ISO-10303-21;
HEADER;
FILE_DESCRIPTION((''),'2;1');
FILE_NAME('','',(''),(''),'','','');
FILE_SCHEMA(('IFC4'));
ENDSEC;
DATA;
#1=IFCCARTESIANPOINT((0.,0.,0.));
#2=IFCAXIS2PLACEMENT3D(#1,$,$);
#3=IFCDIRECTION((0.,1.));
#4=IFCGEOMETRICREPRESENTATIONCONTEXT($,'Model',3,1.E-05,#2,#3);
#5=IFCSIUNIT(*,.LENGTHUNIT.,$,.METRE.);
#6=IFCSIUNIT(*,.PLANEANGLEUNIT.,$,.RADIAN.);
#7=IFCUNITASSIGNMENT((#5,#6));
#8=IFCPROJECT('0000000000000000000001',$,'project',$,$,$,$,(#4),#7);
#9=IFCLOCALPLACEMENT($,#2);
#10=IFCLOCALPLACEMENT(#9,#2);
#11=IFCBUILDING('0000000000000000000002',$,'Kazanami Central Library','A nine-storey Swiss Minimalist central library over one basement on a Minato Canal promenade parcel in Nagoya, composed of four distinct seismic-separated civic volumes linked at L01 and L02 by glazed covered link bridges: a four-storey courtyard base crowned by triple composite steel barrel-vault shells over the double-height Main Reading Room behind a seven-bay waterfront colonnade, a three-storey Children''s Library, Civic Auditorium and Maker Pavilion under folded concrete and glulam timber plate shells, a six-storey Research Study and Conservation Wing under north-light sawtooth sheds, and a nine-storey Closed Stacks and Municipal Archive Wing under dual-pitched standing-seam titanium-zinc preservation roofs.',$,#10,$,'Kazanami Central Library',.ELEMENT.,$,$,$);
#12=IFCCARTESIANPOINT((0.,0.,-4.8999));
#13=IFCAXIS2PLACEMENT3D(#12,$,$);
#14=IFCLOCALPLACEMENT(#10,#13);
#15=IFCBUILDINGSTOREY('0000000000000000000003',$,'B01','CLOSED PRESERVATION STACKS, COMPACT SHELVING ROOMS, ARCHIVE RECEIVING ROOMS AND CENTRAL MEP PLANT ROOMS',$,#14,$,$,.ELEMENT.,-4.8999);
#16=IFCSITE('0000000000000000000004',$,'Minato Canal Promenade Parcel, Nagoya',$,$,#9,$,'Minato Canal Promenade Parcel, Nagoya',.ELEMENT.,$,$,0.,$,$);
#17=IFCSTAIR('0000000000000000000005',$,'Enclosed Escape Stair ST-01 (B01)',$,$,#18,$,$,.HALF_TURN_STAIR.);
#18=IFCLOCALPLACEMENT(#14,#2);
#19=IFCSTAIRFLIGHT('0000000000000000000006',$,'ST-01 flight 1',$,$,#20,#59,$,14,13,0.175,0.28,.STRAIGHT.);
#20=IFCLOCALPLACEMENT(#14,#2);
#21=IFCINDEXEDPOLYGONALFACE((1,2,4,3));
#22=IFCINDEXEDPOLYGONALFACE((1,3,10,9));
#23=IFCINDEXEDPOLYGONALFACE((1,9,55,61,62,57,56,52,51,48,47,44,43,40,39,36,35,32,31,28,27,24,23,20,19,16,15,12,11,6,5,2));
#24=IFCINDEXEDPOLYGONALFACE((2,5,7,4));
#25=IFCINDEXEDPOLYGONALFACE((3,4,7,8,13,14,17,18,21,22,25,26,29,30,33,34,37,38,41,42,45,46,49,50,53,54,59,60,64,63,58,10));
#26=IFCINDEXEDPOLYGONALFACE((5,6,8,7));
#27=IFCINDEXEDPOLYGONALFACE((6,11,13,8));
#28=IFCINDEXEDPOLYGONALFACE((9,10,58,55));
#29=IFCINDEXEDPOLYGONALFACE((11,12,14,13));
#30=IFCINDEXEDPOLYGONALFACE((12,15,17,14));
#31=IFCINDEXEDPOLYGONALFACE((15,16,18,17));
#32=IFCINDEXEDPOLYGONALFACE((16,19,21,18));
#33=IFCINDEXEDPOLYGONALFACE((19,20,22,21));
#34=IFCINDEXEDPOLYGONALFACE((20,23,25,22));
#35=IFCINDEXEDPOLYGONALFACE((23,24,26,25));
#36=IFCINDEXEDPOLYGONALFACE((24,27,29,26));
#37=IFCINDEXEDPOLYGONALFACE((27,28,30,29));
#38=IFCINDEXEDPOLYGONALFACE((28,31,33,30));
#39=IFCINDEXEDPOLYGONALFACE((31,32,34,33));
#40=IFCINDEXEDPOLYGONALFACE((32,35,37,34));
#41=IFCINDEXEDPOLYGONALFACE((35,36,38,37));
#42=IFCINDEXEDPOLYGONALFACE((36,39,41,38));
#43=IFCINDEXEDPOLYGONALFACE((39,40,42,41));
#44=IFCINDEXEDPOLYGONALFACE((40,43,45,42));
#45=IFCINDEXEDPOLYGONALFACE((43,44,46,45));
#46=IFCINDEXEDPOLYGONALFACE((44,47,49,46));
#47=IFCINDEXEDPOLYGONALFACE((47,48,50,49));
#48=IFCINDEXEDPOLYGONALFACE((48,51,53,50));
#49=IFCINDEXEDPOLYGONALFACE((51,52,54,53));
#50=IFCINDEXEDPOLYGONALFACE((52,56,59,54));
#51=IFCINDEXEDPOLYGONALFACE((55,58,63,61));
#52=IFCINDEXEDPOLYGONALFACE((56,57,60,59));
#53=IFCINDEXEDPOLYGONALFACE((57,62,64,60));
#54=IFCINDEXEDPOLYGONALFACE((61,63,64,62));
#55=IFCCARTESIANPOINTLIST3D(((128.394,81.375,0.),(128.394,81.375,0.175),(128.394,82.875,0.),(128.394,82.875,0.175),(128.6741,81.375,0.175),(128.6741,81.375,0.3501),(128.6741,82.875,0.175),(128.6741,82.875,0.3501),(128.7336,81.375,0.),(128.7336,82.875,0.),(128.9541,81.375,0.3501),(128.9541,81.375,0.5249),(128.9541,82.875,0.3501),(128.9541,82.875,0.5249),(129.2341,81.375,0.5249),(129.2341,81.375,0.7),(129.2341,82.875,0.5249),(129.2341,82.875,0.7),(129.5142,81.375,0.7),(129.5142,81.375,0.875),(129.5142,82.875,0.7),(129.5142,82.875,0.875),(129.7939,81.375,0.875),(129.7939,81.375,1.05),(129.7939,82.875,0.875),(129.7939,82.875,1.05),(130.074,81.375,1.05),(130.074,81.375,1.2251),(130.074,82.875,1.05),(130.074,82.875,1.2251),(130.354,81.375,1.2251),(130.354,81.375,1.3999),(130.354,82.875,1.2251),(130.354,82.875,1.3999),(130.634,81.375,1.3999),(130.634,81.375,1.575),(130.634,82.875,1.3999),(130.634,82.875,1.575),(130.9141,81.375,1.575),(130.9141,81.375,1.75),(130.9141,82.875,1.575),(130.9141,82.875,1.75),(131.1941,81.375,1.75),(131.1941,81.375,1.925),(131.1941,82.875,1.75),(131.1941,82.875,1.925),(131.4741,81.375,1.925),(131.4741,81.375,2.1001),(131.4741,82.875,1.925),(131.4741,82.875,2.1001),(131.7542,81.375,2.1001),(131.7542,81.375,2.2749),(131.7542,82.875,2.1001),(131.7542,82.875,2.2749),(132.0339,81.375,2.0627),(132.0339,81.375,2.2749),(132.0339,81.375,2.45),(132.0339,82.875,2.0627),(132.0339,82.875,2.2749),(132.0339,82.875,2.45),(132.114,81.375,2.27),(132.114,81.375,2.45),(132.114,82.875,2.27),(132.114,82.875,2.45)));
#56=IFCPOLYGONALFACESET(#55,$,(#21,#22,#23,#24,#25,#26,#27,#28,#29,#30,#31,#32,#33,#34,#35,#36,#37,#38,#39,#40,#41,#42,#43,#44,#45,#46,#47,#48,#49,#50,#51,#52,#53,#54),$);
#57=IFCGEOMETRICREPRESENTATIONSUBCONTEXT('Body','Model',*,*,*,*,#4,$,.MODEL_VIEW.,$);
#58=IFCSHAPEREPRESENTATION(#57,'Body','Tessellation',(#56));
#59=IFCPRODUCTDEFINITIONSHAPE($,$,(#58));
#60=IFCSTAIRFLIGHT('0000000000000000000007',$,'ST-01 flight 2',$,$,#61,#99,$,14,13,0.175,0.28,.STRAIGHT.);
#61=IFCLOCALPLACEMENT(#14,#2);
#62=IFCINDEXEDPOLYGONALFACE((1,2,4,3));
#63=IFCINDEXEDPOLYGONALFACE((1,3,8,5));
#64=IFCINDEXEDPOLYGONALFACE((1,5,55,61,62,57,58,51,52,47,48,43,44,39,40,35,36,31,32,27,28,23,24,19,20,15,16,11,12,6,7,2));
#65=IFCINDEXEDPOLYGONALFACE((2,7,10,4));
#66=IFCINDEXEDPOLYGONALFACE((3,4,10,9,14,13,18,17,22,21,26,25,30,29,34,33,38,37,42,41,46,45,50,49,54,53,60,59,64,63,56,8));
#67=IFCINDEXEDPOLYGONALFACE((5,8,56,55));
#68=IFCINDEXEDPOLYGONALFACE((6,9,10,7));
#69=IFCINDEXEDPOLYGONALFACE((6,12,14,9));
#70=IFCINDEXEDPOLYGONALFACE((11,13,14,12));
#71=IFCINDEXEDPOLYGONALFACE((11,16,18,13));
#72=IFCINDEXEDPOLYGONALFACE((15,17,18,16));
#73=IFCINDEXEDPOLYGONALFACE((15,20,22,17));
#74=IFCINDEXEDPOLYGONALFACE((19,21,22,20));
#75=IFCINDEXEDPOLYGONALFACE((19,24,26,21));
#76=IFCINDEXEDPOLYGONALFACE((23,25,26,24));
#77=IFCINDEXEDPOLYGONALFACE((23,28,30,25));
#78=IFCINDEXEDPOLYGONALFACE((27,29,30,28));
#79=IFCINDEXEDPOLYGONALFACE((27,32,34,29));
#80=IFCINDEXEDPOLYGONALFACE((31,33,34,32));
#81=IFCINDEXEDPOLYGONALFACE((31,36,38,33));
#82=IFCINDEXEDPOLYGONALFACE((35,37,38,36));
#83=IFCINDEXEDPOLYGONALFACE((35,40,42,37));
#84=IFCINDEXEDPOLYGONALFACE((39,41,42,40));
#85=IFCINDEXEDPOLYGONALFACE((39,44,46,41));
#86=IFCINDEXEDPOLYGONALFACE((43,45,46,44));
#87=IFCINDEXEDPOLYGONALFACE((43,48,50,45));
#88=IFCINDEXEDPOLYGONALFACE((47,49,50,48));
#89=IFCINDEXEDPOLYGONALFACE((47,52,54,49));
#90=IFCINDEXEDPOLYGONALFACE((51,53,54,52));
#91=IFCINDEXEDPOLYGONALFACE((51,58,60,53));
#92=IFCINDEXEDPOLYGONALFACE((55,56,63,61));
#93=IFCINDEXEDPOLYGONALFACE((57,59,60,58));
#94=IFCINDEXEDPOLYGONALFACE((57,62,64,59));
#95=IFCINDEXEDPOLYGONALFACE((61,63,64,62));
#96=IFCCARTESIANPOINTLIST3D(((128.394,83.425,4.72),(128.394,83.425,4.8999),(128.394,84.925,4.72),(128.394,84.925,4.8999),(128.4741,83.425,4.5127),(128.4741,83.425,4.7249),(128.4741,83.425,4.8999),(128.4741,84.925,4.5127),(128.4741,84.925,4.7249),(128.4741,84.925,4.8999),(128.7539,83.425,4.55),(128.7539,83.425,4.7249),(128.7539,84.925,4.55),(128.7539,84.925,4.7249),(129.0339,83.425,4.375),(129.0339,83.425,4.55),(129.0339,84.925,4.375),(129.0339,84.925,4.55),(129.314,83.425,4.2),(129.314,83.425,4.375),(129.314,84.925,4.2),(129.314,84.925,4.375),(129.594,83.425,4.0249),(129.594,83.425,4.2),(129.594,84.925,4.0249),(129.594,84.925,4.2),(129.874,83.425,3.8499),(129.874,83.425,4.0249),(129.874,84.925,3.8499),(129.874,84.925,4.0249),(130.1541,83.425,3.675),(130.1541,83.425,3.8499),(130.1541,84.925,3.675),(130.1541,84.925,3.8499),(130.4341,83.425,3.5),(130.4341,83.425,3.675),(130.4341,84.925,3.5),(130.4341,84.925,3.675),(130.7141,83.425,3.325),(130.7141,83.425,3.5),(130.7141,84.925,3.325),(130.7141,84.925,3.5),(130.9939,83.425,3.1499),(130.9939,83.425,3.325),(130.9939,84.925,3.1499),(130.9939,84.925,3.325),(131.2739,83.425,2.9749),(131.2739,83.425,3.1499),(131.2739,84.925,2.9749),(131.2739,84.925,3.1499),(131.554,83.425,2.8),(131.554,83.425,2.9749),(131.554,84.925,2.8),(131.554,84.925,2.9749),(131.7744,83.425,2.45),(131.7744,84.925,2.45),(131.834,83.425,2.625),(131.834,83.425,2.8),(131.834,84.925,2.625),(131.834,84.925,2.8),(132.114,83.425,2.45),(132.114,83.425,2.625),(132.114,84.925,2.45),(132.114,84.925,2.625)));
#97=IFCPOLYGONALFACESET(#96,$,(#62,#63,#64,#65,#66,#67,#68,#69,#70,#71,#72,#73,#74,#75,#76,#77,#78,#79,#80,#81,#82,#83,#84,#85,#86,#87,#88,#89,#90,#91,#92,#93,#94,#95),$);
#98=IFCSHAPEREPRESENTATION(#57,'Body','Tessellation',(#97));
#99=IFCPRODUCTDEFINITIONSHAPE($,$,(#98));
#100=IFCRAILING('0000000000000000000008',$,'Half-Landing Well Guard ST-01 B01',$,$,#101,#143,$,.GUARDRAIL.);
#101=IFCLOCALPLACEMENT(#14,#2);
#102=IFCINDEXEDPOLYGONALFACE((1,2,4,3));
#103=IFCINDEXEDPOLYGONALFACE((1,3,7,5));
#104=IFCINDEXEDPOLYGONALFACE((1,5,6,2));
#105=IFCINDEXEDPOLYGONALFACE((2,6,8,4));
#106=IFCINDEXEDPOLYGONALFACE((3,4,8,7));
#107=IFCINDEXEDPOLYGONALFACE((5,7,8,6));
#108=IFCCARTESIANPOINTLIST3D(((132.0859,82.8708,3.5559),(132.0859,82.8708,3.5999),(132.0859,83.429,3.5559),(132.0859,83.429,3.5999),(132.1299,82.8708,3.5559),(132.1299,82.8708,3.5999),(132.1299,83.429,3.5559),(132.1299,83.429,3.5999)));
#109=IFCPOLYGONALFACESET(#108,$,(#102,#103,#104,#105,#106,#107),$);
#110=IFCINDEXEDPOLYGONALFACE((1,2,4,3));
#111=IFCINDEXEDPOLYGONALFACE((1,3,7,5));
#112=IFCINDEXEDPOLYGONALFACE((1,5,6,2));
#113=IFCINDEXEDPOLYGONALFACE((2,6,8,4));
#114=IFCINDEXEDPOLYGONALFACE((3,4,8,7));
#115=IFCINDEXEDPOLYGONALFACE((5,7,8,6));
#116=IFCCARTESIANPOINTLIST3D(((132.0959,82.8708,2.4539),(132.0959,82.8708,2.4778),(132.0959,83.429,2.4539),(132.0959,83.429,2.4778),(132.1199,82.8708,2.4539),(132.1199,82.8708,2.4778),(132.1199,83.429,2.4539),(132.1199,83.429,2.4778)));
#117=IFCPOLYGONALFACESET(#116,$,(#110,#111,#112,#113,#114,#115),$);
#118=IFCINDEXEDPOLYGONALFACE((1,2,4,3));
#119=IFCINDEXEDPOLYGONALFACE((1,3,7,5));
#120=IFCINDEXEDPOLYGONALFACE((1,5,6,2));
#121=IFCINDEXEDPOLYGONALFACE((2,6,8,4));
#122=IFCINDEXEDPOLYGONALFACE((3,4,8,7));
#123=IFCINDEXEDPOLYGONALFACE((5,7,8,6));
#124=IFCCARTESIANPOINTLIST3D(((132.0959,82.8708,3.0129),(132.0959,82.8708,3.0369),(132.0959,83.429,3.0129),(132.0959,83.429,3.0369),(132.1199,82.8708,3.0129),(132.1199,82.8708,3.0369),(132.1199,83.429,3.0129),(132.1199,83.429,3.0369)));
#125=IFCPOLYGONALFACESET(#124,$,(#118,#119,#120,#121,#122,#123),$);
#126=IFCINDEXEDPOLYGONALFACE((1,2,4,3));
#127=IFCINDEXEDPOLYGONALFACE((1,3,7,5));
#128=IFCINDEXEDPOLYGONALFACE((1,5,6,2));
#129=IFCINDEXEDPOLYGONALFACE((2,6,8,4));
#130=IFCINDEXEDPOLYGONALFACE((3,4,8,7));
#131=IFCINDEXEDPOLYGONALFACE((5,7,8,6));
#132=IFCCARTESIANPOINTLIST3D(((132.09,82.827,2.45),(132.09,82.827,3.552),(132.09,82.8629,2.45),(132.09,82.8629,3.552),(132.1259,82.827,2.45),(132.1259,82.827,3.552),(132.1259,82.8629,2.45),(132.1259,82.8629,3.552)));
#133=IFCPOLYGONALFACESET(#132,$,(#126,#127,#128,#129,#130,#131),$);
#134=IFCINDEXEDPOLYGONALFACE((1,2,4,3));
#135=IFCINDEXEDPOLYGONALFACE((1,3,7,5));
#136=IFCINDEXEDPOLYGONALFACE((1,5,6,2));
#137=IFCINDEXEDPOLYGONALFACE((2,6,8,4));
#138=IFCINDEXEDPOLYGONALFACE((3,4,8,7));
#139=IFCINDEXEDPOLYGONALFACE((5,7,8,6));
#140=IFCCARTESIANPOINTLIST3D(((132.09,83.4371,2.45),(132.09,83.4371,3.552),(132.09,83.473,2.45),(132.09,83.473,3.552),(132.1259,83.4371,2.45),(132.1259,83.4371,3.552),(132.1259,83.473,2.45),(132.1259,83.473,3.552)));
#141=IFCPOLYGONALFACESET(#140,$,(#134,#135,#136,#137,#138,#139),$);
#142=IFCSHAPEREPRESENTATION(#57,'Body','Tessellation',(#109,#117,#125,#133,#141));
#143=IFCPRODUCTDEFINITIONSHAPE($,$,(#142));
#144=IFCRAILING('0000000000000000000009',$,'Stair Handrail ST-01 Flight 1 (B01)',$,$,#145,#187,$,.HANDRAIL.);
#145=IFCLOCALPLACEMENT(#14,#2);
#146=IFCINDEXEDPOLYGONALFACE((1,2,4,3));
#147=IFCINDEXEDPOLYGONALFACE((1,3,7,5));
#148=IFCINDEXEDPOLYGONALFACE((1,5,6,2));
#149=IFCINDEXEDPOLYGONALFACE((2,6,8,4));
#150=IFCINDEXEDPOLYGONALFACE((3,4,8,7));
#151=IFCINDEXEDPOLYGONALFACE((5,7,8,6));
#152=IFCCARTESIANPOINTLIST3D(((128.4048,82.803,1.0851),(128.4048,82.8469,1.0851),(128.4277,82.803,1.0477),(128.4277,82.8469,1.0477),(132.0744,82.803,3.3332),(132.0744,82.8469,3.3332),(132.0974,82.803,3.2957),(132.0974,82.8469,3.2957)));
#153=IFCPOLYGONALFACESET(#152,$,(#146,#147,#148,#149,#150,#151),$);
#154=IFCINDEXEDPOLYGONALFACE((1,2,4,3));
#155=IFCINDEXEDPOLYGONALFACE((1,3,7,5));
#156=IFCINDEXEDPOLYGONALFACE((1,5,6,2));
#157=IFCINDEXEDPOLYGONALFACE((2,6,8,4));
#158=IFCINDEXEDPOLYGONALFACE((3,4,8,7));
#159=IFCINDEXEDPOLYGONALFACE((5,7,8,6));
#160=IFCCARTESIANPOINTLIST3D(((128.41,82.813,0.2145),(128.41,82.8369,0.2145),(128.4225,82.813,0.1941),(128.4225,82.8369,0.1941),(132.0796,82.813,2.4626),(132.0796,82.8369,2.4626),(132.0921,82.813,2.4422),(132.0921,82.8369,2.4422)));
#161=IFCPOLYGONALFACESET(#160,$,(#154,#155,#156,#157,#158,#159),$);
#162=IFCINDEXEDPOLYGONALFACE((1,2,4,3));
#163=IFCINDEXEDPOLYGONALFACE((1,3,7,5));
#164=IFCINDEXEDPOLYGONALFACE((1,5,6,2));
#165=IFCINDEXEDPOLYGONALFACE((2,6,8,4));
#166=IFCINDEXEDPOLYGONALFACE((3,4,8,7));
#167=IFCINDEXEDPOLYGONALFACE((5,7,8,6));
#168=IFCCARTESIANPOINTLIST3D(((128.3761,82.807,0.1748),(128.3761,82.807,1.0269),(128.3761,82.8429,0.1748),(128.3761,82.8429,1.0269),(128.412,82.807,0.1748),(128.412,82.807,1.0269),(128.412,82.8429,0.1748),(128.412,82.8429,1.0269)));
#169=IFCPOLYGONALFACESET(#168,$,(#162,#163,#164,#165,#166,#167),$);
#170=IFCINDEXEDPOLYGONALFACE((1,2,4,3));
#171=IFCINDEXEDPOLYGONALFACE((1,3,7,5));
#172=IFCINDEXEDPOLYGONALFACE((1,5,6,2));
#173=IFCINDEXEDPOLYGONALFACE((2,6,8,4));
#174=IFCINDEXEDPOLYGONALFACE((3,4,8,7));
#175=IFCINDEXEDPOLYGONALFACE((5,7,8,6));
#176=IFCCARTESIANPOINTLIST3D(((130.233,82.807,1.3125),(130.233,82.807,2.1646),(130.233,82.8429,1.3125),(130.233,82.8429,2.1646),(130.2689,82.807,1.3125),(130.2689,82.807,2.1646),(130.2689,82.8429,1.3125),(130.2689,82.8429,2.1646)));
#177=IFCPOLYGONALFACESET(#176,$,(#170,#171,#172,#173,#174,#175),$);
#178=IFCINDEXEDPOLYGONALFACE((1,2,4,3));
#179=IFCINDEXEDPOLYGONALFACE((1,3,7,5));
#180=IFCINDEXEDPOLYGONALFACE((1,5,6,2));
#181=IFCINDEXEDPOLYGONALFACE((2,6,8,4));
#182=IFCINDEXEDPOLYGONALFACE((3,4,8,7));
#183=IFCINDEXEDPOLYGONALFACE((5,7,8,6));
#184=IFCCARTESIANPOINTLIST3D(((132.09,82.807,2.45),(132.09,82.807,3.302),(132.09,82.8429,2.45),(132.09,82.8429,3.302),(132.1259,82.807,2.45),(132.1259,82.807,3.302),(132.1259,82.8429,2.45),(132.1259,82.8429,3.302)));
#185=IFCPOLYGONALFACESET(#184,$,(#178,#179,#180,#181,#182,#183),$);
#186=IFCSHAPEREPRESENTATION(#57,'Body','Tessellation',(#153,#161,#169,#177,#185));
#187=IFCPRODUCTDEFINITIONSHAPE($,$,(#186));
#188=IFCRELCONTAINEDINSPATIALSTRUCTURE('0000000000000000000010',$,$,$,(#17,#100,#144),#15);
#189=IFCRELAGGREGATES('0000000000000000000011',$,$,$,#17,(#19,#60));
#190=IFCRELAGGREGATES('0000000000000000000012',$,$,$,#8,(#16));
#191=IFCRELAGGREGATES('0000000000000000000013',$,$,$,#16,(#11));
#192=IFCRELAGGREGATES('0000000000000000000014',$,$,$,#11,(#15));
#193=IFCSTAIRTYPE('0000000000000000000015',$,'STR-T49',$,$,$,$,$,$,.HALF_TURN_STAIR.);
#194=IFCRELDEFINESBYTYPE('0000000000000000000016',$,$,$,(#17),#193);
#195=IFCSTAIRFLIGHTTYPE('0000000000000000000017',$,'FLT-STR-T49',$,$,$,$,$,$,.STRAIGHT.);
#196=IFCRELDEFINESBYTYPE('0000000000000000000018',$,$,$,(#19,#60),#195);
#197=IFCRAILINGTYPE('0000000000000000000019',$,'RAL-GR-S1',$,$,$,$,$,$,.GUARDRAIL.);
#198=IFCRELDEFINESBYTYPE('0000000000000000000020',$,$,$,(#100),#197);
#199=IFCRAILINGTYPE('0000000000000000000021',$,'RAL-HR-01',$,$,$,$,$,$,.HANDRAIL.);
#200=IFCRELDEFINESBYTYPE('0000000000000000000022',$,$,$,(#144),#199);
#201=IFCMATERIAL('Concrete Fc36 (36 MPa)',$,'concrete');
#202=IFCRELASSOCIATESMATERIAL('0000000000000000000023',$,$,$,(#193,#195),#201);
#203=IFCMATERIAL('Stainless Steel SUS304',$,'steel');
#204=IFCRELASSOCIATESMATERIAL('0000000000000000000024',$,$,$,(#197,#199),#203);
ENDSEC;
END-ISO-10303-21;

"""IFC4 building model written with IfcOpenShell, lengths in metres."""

from ifc_helpers import new_model, si_unit, direction, frame, origin, origin_2d, place, context, subcontext, project, spatial, polyline, rectangle, outline, extrude, material, type_object, element, aggregate, save


model = new_model("IFC4")

# Units and contexts
model_context = context("Model", 3, precision=1e-05, world=origin(), true_north=direction((0.0, 1.0)))
body_context = subcontext(model_context, "Body", "Model", "MODEL_VIEW")
ifc_project = project(units=[si_unit("LENGTHUNIT", "METRE"), si_unit("PLANEANGLEUNIT", "RADIAN")], contexts=[model_context])

# Site, building, storey
site_placement = place(None, origin())
site = spatial("IfcSite", under=ifc_project, at=site_placement, Name="Minato Canal Promenade Parcel, Nagoya", LongName="Minato Canal Promenade Parcel, Nagoya", CompositionType="ELEMENT", RefElevation=0.0)
building_placement = place(site_placement, origin())
building = spatial("IfcBuilding", under=site, at=building_placement, Name="Kazanami Central Library", Description="A nine-storey Swiss Minimalist central library over one basement on a Minato Canal promenade parcel in Nagoya, composed of four distinct seismic-separated civic volumes linked at L01 and L02 by glazed covered link bridges: a four-storey courtyard base crowned by triple composite steel barrel-vault shells over the double-height Main Reading Room behind a seven-bay waterfront colonnade, a three-storey Children's Library, Civic Auditorium and Maker Pavilion under folded concrete and glulam timber plate shells, a six-storey Research Study and Conservation Wing under north-light sawtooth sheds, and a nine-storey Closed Stacks and Municipal Archive Wing under dual-pitched standing-seam titanium-zinc preservation roofs.", LongName="Kazanami Central Library", CompositionType="ELEMENT")
storey_placement = place(building_placement, frame((0.0, 0.0, -4.8999)))
storey = spatial("IfcBuildingStorey", under=building, at=storey_placement, Name="B01", Description="CLOSED PRESERVATION STACKS, COMPACT SHELVING ROOMS, ARCHIVE RECEIVING ROOMS AND CENTRAL MEP PLANT ROOMS", CompositionType="ELEMENT", Elevation=-4.8999)

# Shared definitions
ifc_material_1 = material(Name="Concrete Fc36 (36 MPa)", Category="concrete")

# Stair, stair flights
stair_type = type_object("IfcStairType", Name="STR-T49", PredefinedType="HALF_TURN_STAIR", material=ifc_material_1)
stair_placement = place(storey_placement, origin())
stair = element("IfcStair", 1, at=stair_placement, inside=storey, type_object=stair_type, Name="Enclosed Escape Stair ST-01 (B01)", PredefinedType="HALF_TURN_STAIR")
stair_flight_type = type_object("IfcStairFlightType", Name="FLT-STR-T49", PredefinedType="STRAIGHT", material=ifc_material_1)
stair_flight_1_placement = place(storey_placement, frame((128.394, 82.125, 0.0), z_axis=(0.0, 0.0, 1.0), x_axis=(1.0, 0.0, 0.0)))
stair_flight_1 = element("IfcStairFlight", 2, at=stair_flight_1_placement, type_object=stair_flight_type, Name="ST-01 flight 1", NumberOfRisers=14, NumberOfTreads=13, PredefinedType="STRAIGHT", RiserHeight=0.175, TreadLength=0.28, context=body_context, shape_type="SweptSolid", body=[
    extrude(outline(polyline([(0.0, 0.0), (0.0, 0.175), (0.28, 0.175), (0.28, 0.3501), (0.5601, 0.3501), (0.5601, 0.5249), (0.8401, 0.5249), (0.8401, 0.7), (1.1201, 0.7), (1.1201, 0.875), (1.3999, 0.875), (1.3999, 1.05), (1.6799, 1.05), (1.6799, 1.2251), (1.96, 1.2251), (1.96, 1.3999), (2.24, 1.3999), (2.24, 1.575), (2.52, 1.575), (2.52, 1.75), (2.8, 1.75), (2.8, 1.925), (3.0801, 1.925), (3.0801, 2.1001), (3.3601, 2.1001), (3.3601, 2.2749), (3.6399, 2.2749), (3.6399, 2.45), (3.72, 2.45), (3.72, 2.27), (3.6399, 2.0627), (0.3396, 0.0), (0.0, 0.0)])), frame((0.0, 0.75, 0.0), z_axis=(0.0, -1.0, 0.0), x_axis=(1.0, 0.0, 0.0)), (0.0, 0.0, 1.0), 1.5),
])
stair_flight_2_placement = place(storey_placement, frame((132.114, 84.175, 2.45), z_axis=(0.0, 0.0, 1.0), x_axis=(-1.0, 0.0, 0.0)))
stair_flight_2 = element("IfcStairFlight", 3, at=stair_flight_2_placement, type_object=stair_flight_type, Name="ST-01 flight 2", NumberOfRisers=14, NumberOfTreads=13, PredefinedType="STRAIGHT", RiserHeight=0.175, TreadLength=0.28, context=body_context, shape_type="SweptSolid", body=[
    extrude(outline(polyline([(0.0, 0.0), (0.0, 0.175), (0.28, 0.175), (0.28, 0.3501), (0.5601, 0.3501), (0.5601, 0.5249), (0.8401, 0.5249), (0.8401, 0.7), (1.1201, 0.7), (1.1201, 0.875), (1.3999, 0.875), (1.3999, 1.05), (1.6799, 1.05), (1.6799, 1.2251), (1.96, 1.2251), (1.96, 1.3999), (2.24, 1.3999), (2.24, 1.575), (2.52, 1.575), (2.52, 1.75), (2.8, 1.75), (2.8, 1.925), (3.0801, 1.925), (3.0801, 2.1001), (3.3601, 2.1001), (3.3601, 2.2749), (3.6399, 2.2749), (3.6399, 2.45), (3.72, 2.45), (3.72, 2.27), (3.6399, 2.0627), (0.3396, 0.0), (0.0, 0.0)])), frame((0.0, 0.75, 0.0), z_axis=(0.0, -1.0, 0.0), x_axis=(1.0, 0.0, 0.0)), (0.0, 0.0, 1.0), 1.5),
])
aggregate(stair, [stair_flight_1, stair_flight_2])

# Railings
ifc_material_2 = material(Name="Stainless Steel SUS304", Category="steel")
railing_type_1 = type_object("IfcRailingType", Name="RAL-GR-S1", PredefinedType="GUARDRAIL", material=ifc_material_2)
railing_1_placement = place(storey_placement, frame((132.1079, 82.845, 2.45)))
element("IfcRailing", 4, at=railing_1_placement, inside=storey, type_object=railing_type_1, Name="Half-Landing Well Guard ST-01 B01", PredefinedType="GUARDRAIL", context=body_context, shape_type="SweptSolid", body=[
    extrude(rectangle(XDim=0.0439, YDim=0.0439, at=origin_2d()), frame((0.0, 0.0259, 1.1279), z_axis=(0.0, 1.0, 0.0), x_axis=(-1.0, 0.0, 0.0)), (0.0, 0.0, 1.0), 0.5581),
    extrude(rectangle(XDim=0.0239, YDim=0.0239, at=origin_2d()), frame((0.0, 0.0259, 0.0159), z_axis=(0.0, 1.0, 0.0), x_axis=(-1.0, 0.0, 0.0)), (0.0, 0.0, 1.0), 0.5581),
    extrude(rectangle(XDim=0.0239, YDim=0.0239, at=origin_2d()), frame((0.0, 0.0259, 0.575), z_axis=(0.0, 1.0, 0.0), x_axis=(-1.0, 0.0, 0.0)), (0.0, 0.0, 1.0), 0.5581),
    extrude(rectangle(XDim=0.0359, YDim=0.0359, at=origin_2d()), origin(), (0.0, 0.0, 1.0), 1.1021),
    extrude(rectangle(XDim=0.0359, YDim=0.0359, at=origin_2d()), frame((0.0, 0.6101, 0.0)), (0.0, 0.0, 1.0), 1.1021),
])
railing_type_2 = type_object("IfcRailingType", Name="RAL-HR-01", PredefinedType="HANDRAIL", material=ifc_material_2)
railing_2_placement = place(storey_placement, frame((128.394, 82.825, 0.1748)))
element("IfcRailing", 5, at=railing_2_placement, inside=storey, type_object=railing_type_2, Name="Stair Handrail ST-01 Flight 1 (B01)", PredefinedType="HANDRAIL", context=body_context, shape_type="SweptSolid", body=[
    extrude(rectangle(XDim=0.0439, YDim=0.0439, at=origin_2d()), frame((0.0222, 0.0, 0.8916), z_axis=(0.852713, 0.0, 0.522379), x_axis=(0.0, 1.0, 0.0)), (0.0, 0.0, 1.0), 4.3035),
    extrude(rectangle(XDim=0.0239, YDim=0.0239, at=origin_2d()), frame((0.0222, 0.0, 0.0295), z_axis=(0.852713, 0.0, 0.522379), x_axis=(0.0, 1.0, 0.0)), (0.0, 0.0, 1.0), 4.3035),
    extrude(rectangle(XDim=0.0359, YDim=0.0359, at=origin_2d()), origin(), (0.0, 0.0, 1.0), 0.8521),
    extrude(rectangle(XDim=0.0359, YDim=0.0359, at=origin_2d()), frame((1.8569, 0.0, 1.1377)), (0.0, 0.0, 1.0), 0.8521),
    extrude(rectangle(XDim=0.0359, YDim=0.0359, at=origin_2d()), frame((3.7139, 0.0, 2.2751)), (0.0, 0.0, 1.0), 0.8521),
])

save(model, "model.ifc")
